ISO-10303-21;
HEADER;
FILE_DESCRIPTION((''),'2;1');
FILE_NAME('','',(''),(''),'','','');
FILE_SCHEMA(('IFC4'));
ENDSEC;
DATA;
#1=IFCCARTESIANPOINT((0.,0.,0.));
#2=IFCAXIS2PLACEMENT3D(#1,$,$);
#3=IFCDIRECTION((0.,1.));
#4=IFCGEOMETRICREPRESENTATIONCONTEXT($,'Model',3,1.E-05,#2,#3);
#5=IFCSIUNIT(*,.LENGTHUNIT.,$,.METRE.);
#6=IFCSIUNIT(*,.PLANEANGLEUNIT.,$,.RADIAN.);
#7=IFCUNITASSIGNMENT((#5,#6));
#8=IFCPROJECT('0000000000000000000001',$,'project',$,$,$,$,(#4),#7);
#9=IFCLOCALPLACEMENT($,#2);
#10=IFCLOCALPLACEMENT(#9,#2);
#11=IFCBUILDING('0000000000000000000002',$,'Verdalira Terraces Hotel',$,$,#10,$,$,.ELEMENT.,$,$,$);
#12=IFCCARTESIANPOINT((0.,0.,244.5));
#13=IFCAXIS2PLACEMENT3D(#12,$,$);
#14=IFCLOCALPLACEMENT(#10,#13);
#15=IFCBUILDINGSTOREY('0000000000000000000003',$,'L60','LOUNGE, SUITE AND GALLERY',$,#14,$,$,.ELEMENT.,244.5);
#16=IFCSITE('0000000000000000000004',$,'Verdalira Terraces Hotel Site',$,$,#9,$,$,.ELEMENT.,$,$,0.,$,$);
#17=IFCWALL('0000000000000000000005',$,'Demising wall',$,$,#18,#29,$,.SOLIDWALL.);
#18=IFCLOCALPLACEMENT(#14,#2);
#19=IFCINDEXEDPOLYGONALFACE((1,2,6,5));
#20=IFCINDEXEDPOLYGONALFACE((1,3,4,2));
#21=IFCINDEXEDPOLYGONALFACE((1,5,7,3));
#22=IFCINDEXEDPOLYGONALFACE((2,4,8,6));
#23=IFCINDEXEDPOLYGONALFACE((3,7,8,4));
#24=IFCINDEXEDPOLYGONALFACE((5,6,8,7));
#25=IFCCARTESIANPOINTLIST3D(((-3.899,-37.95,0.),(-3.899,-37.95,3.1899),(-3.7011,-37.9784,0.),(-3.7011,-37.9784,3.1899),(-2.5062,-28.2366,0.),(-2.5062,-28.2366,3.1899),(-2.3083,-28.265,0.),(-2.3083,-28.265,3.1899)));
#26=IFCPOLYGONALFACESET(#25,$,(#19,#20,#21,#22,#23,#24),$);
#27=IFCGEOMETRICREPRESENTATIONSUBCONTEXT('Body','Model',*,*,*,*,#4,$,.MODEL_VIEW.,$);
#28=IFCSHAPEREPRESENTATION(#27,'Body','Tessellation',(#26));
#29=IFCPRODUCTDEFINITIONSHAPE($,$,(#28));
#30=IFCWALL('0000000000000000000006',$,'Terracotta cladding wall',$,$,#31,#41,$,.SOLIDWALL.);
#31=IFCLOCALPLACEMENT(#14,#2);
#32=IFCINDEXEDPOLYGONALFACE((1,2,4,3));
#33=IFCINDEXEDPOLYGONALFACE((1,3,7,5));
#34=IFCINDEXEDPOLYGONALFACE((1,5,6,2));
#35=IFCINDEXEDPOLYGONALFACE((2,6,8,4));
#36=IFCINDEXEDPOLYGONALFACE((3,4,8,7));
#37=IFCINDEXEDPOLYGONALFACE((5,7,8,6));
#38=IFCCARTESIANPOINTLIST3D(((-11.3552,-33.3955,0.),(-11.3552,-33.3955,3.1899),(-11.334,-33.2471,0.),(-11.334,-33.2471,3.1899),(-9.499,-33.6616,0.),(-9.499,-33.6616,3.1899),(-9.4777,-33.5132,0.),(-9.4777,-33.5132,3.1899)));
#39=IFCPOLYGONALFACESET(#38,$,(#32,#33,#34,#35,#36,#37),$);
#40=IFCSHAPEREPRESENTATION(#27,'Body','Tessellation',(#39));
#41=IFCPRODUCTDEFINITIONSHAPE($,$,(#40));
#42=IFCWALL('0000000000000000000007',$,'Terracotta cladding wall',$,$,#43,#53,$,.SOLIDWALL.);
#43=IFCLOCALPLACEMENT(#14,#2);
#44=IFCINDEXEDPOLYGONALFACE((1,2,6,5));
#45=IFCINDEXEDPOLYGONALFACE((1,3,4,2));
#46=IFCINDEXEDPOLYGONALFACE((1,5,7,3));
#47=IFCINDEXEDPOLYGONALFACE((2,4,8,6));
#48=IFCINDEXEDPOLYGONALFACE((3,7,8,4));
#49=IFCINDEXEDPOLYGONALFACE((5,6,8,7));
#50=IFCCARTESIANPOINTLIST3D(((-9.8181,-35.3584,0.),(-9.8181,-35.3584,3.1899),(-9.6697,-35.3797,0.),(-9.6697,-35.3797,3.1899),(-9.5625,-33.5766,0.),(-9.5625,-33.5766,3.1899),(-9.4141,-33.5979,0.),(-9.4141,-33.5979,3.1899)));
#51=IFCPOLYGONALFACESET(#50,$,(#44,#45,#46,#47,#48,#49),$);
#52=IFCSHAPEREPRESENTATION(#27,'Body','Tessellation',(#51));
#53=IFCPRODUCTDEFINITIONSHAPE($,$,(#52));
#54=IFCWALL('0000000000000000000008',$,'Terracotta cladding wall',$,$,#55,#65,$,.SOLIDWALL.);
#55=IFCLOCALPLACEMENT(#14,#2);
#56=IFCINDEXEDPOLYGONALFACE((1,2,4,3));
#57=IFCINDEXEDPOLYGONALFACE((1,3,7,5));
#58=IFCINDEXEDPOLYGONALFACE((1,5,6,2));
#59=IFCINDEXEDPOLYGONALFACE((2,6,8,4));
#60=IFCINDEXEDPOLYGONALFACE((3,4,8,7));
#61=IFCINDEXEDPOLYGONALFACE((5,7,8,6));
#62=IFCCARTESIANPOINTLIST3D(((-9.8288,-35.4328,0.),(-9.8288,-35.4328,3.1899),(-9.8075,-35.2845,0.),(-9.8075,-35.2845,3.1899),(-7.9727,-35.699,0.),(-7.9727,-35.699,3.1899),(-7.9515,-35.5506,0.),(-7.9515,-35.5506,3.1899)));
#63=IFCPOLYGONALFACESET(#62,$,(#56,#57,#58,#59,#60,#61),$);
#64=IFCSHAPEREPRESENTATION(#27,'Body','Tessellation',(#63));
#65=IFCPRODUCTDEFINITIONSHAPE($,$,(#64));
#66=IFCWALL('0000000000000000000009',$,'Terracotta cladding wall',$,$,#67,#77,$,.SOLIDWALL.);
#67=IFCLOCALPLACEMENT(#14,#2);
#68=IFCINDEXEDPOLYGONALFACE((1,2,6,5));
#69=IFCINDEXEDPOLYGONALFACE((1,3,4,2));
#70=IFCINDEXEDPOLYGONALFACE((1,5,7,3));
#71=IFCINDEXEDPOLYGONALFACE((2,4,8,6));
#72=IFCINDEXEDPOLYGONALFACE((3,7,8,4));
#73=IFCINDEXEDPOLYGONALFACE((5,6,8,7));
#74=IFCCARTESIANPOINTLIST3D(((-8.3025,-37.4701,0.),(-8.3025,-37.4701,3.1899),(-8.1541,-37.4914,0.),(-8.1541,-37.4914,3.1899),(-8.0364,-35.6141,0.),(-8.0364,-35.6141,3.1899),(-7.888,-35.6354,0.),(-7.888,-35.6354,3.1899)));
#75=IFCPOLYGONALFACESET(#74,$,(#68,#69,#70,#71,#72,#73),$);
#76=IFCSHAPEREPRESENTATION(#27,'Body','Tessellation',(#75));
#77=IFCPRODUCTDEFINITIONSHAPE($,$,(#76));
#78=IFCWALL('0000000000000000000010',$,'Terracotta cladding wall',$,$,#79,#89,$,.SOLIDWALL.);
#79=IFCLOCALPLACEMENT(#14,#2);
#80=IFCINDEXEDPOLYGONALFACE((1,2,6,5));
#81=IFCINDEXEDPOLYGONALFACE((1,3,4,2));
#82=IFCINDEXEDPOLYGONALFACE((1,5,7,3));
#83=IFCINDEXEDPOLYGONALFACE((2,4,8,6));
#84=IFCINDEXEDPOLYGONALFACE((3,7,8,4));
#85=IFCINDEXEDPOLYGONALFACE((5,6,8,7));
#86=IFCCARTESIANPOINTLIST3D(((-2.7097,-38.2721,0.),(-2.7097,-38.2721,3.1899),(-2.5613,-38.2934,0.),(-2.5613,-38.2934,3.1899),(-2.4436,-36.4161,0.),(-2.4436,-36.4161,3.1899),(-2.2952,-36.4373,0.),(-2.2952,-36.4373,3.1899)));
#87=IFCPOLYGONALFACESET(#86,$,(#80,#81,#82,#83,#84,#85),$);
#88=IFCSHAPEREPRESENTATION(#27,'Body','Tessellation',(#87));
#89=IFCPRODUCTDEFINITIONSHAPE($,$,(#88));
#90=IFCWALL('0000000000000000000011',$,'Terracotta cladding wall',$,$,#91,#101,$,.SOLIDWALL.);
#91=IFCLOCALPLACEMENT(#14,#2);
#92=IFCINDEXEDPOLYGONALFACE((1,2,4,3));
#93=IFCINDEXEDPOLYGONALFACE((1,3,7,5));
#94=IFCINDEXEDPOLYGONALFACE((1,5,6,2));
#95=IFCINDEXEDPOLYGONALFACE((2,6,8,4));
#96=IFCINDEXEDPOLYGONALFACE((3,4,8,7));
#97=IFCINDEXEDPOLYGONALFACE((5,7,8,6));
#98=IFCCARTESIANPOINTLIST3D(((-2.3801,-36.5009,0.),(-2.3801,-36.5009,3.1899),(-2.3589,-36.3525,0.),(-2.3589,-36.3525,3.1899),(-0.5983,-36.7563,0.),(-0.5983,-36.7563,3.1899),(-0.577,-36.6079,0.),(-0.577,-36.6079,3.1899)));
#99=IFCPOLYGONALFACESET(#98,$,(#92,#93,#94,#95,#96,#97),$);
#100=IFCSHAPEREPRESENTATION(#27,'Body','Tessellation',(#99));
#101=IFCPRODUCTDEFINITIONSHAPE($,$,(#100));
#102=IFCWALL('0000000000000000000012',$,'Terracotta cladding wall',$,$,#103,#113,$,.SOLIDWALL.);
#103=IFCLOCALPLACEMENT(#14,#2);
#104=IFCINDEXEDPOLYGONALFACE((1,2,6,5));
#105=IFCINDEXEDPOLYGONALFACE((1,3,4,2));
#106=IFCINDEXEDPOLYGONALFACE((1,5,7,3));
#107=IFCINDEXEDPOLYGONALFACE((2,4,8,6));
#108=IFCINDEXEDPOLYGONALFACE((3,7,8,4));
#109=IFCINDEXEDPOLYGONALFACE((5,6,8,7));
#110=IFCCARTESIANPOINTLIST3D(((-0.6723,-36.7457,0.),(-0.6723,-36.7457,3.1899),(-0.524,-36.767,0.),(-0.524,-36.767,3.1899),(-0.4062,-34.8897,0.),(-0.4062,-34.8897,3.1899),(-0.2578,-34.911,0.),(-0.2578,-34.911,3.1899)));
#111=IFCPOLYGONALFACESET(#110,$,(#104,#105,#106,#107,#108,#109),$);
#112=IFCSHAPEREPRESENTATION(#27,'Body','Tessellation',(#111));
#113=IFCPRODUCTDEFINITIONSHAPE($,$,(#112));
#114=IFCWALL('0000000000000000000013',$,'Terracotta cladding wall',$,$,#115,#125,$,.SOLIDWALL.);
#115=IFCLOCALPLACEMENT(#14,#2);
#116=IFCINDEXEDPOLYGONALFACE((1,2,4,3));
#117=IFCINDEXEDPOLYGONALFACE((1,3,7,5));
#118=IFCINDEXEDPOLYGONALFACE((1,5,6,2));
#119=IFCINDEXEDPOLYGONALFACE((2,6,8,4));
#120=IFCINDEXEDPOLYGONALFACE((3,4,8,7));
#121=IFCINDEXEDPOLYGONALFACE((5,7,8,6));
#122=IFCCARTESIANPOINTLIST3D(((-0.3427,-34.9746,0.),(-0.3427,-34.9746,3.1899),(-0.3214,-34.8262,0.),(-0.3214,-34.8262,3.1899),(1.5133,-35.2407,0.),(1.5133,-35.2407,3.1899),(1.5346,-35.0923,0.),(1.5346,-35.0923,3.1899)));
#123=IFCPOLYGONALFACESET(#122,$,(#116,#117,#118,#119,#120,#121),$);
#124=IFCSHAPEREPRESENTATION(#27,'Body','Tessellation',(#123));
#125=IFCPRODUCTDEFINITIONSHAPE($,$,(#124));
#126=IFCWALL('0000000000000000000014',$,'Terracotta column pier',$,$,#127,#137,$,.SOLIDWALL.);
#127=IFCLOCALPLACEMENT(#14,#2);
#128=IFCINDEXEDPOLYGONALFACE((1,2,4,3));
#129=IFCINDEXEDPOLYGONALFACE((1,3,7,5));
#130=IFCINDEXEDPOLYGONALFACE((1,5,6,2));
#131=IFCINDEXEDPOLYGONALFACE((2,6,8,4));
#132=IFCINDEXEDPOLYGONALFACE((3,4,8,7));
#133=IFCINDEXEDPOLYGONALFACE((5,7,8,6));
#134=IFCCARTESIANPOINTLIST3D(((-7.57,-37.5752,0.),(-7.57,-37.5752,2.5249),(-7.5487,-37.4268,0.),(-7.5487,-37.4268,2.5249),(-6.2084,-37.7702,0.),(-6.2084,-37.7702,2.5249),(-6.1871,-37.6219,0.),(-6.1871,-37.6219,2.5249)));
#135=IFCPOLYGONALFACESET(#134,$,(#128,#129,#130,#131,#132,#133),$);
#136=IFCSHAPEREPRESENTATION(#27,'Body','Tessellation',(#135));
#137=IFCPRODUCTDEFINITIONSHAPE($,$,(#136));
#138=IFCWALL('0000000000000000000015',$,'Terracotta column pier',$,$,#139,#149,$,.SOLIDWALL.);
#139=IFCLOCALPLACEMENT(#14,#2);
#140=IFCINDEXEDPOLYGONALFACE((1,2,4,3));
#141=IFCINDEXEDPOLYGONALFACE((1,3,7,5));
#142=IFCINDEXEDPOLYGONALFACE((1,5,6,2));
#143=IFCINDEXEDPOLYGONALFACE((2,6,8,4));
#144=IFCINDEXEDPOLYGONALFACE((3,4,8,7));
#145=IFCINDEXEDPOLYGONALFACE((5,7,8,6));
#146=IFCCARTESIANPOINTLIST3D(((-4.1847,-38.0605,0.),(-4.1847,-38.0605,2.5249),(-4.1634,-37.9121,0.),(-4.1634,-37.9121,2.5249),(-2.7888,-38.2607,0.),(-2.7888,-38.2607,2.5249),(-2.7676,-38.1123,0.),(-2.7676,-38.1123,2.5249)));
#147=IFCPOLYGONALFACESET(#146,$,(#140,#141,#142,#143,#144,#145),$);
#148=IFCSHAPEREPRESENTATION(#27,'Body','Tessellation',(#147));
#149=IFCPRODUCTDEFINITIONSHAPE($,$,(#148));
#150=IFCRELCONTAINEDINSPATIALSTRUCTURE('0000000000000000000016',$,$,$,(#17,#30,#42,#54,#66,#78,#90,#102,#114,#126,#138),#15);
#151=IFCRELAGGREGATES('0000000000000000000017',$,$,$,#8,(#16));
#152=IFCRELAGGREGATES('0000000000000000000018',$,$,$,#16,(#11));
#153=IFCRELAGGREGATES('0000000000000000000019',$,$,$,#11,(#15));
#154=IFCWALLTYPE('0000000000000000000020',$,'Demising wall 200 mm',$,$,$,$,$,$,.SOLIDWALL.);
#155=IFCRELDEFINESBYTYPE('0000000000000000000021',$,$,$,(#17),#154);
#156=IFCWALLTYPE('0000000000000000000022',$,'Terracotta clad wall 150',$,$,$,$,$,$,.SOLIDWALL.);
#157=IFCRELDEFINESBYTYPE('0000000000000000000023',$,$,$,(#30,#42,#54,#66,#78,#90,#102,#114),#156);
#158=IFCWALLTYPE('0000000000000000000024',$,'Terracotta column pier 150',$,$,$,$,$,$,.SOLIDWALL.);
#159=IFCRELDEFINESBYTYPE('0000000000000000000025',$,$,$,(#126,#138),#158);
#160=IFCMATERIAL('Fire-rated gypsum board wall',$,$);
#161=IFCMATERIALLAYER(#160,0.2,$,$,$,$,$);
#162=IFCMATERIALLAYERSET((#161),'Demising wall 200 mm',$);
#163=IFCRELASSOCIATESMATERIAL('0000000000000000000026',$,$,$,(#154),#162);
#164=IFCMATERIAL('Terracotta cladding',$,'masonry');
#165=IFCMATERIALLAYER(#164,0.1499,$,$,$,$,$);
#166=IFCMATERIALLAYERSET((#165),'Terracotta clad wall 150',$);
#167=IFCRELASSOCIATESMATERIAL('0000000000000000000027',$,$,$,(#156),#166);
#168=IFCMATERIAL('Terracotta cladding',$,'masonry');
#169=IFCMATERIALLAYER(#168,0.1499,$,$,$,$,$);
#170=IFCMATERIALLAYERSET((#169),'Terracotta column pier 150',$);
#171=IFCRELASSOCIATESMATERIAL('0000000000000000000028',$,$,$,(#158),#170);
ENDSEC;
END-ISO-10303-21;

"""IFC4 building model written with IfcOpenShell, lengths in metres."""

from ifc_helpers import new_model, si_unit, direction, frame, frame_2d, origin, place, context, subcontext, project, spatial, rectangle, extrude, material, layer, layer_set, type_object, element, save


model = new_model("IFC4")

# Units and contexts
model_context = context("Model", 3, precision=1e-05, world=origin(), true_north=direction((0.0, 1.0)))
body_context = subcontext(model_context, "Body", "Model", "MODEL_VIEW")
ifc_project = project(units=[si_unit("LENGTHUNIT", "METRE"), si_unit("PLANEANGLEUNIT", "RADIAN")], contexts=[model_context])

# Site, building, storey
site_placement = place(None, origin())
site = spatial("IfcSite", under=ifc_project, at=site_placement, Name="Verdalira Terraces Hotel Site", CompositionType="ELEMENT", RefElevation=0.0)
building_placement = place(site_placement, origin())
building = spatial("IfcBuilding", under=site, at=building_placement, Name="Verdalira Terraces Hotel", CompositionType="ELEMENT")
storey_placement = place(building_placement, frame((0.0, 0.0, 244.5)))
storey = spatial("IfcBuildingStorey", under=building, at=storey_placement, Name="L60", Description="LOUNGE, SUITE AND GALLERY", CompositionType="ELEMENT", Elevation=244.5)

# Walls
ifc_material_1 = material(Name="Fire-rated gypsum board wall")
ifc_layer_1 = layer(ifc_material_1, 0.2)
ifc_layer_set_1 = layer_set([ifc_layer_1], Name="Demising wall 200 mm")
wall_type_1 = type_object("IfcWallType", Name="Demising wall 200 mm", PredefinedType="SOLIDWALL", material=ifc_layer_set_1)
wall_1_placement = place(storey_placement, frame((-3.8, -37.9641, 0.0), z_axis=(0.0, 0.0, 1.0), x_axis=(0.14194, 0.989875, 0.0)))
element("IfcWall", 1, at=wall_1_placement, inside=storey, type_object=wall_type_1, Name="Demising wall", PredefinedType="SOLIDWALL", context=body_context, shape_type="SweptSolid", body=[
    extrude(rectangle(XDim=9.8127, YDim=0.2, at=frame_2d((4.9062, 0.0))), origin(), (0.0, 0.0, 1.0), 3.1899),
])
ifc_material_2 = material(Name="Terracotta cladding", Category="masonry")
ifc_layer_2 = layer(ifc_material_2, 0.1499)
ifc_layer_set_2 = layer_set([ifc_layer_2], Name="Terracotta clad wall 150")
wall_type_2 = type_object("IfcWallType", Name="Terracotta clad wall 150", PredefinedType="SOLIDWALL", material=ifc_layer_set_2)
wall_2_placement = place(storey_placement, frame((-11.3445, -33.3213, 0.0), z_axis=(0.0, 0.0, 1.0), x_axis=(0.989879, -0.141913, 0.0)))
element("IfcWall", 2, at=wall_2_placement, inside=storey, type_object=wall_type_2, Name="Terracotta cladding wall", PredefinedType="SOLIDWALL", context=body_context, shape_type="SweptSolid", body=[
    extrude(rectangle(XDim=1.8752, YDim=0.1499, at=frame_2d((0.9375, 0.0))), origin(), (0.0, 0.0, 1.0), 3.1899),
])
wall_3_placement = place(storey_placement, frame((-9.4883, -33.5874, 0.0), z_axis=(0.0, 0.0, 1.0), x_axis=(-0.14201, -0.989865, 0.0)))
element("IfcWall", 3, at=wall_3_placement, inside=storey, type_object=wall_type_2, Name="Terracotta cladding wall", PredefinedType="SOLIDWALL", context=body_context, shape_type="SweptSolid", body=[
    extrude(rectangle(XDim=1.8, YDim=0.1499, at=frame_2d((0.8999, 0.0))), origin(), (0.0, 0.0, 1.0), 3.1899),
])
for number, where, z_axis, x_axis, name in (
    (4, (-9.8181, -35.3586, 0.0), (0.0, 0.0, 1.0), (0.989876, -0.141932, 0.0), "Terracotta cladding wall"),
    (5, (-7.9622, -35.6248, 0.0), (0.0, 0.0, 1.0), (-0.141932, -0.989876, 0.0), "Terracotta cladding wall"),
    (6, (-2.6355, -38.2827, 0.0), (0.0, 0.0, 1.0), (0.141932, 0.989876, 0.0), "Terracotta cladding wall"),
):
    element("IfcWall", number, at=place(storey_placement, frame(where, z_axis=z_axis, x_axis=x_axis)), inside=storey, type_object=wall_type_2, Name=name, PredefinedType="SOLIDWALL", context=body_context, shape_type="SweptSolid", body=[
        extrude(rectangle(XDim=1.875, YDim=0.1499, at=frame_2d((0.9375, 0.0))), origin(), (0.0, 0.0, 1.0), 3.1899),
    ])
wall_4_placement = place(storey_placement, frame((-2.3694, -36.4268, 0.0), z_axis=(0.0, 0.0, 1.0), x_axis=(0.989884, -0.141877, 0.0)))
element("IfcWall", 7, at=wall_4_placement, inside=storey, type_object=wall_type_2, Name="Terracotta cladding wall", PredefinedType="SOLIDWALL", context=body_context, shape_type="SweptSolid", body=[
    extrude(rectangle(XDim=1.8, YDim=0.1499, at=frame_2d((0.8999, 0.0))), origin(), (0.0, 0.0, 1.0), 3.1899),
])
for number, where, z_axis, x_axis, name in (
    (8, (-0.5981, -36.7563, 0.0), (0.0, 0.0, 1.0), (0.141932, 0.989876, 0.0), "Terracotta cladding wall"),
    (9, (-0.332, -34.9004, 0.0), (0.0, 0.0, 1.0), (0.989876, -0.141932, 0.0), "Terracotta cladding wall"),
):
    element("IfcWall", number, at=place(storey_placement, frame(where, z_axis=z_axis, x_axis=x_axis)), inside=storey, type_object=wall_type_2, Name=name, PredefinedType="SOLIDWALL", context=body_context, shape_type="SweptSolid", body=[
        extrude(rectangle(XDim=1.875, YDim=0.1499, at=frame_2d((0.9375, 0.0))), origin(), (0.0, 0.0, 1.0), 3.1899),
    ])
ifc_material_3 = material(Name="Terracotta cladding", Category="masonry")
ifc_layer_3 = layer(ifc_material_3, 0.1499)
ifc_layer_set_3 = layer_set([ifc_layer_3], Name="Terracotta column pier 150")
wall_type_3 = type_object("IfcWallType", Name="Terracotta column pier 150", PredefinedType="SOLIDWALL", material=ifc_layer_set_3)
wall_5_placement = place(storey_placement, frame((-7.5593, -37.501, 0.0), z_axis=(0.0, 0.0, 1.0), x_axis=(0.989893, -0.141819, 0.0)))
element("IfcWall", 10, at=wall_5_placement, inside=storey, type_object=wall_type_3, Name="Terracotta column pier", PredefinedType="SOLIDWALL", context=body_context, shape_type="SweptSolid", body=[
    extrude(rectangle(XDim=1.3755, YDim=0.1499, at=frame_2d((0.6877, 0.0))), origin(), (0.0, 0.0, 1.0), 2.5249),
])
wall_6_placement = place(storey_placement, frame((-4.1741, -37.9863, 0.0), z_axis=(0.0, 0.0, 1.0), x_axis=(0.98987, -0.141979, 0.0)))
element("IfcWall", 11, at=wall_6_placement, inside=storey, type_object=wall_type_3, Name="Terracotta column pier", PredefinedType="SOLIDWALL", context=body_context, shape_type="SweptSolid", body=[
    extrude(rectangle(XDim=1.4102, YDim=0.1499, at=frame_2d((0.7051, 0.0))), origin(), (0.0, 0.0, 1.0), 2.5249),
])

save(model, "model.ifc")
